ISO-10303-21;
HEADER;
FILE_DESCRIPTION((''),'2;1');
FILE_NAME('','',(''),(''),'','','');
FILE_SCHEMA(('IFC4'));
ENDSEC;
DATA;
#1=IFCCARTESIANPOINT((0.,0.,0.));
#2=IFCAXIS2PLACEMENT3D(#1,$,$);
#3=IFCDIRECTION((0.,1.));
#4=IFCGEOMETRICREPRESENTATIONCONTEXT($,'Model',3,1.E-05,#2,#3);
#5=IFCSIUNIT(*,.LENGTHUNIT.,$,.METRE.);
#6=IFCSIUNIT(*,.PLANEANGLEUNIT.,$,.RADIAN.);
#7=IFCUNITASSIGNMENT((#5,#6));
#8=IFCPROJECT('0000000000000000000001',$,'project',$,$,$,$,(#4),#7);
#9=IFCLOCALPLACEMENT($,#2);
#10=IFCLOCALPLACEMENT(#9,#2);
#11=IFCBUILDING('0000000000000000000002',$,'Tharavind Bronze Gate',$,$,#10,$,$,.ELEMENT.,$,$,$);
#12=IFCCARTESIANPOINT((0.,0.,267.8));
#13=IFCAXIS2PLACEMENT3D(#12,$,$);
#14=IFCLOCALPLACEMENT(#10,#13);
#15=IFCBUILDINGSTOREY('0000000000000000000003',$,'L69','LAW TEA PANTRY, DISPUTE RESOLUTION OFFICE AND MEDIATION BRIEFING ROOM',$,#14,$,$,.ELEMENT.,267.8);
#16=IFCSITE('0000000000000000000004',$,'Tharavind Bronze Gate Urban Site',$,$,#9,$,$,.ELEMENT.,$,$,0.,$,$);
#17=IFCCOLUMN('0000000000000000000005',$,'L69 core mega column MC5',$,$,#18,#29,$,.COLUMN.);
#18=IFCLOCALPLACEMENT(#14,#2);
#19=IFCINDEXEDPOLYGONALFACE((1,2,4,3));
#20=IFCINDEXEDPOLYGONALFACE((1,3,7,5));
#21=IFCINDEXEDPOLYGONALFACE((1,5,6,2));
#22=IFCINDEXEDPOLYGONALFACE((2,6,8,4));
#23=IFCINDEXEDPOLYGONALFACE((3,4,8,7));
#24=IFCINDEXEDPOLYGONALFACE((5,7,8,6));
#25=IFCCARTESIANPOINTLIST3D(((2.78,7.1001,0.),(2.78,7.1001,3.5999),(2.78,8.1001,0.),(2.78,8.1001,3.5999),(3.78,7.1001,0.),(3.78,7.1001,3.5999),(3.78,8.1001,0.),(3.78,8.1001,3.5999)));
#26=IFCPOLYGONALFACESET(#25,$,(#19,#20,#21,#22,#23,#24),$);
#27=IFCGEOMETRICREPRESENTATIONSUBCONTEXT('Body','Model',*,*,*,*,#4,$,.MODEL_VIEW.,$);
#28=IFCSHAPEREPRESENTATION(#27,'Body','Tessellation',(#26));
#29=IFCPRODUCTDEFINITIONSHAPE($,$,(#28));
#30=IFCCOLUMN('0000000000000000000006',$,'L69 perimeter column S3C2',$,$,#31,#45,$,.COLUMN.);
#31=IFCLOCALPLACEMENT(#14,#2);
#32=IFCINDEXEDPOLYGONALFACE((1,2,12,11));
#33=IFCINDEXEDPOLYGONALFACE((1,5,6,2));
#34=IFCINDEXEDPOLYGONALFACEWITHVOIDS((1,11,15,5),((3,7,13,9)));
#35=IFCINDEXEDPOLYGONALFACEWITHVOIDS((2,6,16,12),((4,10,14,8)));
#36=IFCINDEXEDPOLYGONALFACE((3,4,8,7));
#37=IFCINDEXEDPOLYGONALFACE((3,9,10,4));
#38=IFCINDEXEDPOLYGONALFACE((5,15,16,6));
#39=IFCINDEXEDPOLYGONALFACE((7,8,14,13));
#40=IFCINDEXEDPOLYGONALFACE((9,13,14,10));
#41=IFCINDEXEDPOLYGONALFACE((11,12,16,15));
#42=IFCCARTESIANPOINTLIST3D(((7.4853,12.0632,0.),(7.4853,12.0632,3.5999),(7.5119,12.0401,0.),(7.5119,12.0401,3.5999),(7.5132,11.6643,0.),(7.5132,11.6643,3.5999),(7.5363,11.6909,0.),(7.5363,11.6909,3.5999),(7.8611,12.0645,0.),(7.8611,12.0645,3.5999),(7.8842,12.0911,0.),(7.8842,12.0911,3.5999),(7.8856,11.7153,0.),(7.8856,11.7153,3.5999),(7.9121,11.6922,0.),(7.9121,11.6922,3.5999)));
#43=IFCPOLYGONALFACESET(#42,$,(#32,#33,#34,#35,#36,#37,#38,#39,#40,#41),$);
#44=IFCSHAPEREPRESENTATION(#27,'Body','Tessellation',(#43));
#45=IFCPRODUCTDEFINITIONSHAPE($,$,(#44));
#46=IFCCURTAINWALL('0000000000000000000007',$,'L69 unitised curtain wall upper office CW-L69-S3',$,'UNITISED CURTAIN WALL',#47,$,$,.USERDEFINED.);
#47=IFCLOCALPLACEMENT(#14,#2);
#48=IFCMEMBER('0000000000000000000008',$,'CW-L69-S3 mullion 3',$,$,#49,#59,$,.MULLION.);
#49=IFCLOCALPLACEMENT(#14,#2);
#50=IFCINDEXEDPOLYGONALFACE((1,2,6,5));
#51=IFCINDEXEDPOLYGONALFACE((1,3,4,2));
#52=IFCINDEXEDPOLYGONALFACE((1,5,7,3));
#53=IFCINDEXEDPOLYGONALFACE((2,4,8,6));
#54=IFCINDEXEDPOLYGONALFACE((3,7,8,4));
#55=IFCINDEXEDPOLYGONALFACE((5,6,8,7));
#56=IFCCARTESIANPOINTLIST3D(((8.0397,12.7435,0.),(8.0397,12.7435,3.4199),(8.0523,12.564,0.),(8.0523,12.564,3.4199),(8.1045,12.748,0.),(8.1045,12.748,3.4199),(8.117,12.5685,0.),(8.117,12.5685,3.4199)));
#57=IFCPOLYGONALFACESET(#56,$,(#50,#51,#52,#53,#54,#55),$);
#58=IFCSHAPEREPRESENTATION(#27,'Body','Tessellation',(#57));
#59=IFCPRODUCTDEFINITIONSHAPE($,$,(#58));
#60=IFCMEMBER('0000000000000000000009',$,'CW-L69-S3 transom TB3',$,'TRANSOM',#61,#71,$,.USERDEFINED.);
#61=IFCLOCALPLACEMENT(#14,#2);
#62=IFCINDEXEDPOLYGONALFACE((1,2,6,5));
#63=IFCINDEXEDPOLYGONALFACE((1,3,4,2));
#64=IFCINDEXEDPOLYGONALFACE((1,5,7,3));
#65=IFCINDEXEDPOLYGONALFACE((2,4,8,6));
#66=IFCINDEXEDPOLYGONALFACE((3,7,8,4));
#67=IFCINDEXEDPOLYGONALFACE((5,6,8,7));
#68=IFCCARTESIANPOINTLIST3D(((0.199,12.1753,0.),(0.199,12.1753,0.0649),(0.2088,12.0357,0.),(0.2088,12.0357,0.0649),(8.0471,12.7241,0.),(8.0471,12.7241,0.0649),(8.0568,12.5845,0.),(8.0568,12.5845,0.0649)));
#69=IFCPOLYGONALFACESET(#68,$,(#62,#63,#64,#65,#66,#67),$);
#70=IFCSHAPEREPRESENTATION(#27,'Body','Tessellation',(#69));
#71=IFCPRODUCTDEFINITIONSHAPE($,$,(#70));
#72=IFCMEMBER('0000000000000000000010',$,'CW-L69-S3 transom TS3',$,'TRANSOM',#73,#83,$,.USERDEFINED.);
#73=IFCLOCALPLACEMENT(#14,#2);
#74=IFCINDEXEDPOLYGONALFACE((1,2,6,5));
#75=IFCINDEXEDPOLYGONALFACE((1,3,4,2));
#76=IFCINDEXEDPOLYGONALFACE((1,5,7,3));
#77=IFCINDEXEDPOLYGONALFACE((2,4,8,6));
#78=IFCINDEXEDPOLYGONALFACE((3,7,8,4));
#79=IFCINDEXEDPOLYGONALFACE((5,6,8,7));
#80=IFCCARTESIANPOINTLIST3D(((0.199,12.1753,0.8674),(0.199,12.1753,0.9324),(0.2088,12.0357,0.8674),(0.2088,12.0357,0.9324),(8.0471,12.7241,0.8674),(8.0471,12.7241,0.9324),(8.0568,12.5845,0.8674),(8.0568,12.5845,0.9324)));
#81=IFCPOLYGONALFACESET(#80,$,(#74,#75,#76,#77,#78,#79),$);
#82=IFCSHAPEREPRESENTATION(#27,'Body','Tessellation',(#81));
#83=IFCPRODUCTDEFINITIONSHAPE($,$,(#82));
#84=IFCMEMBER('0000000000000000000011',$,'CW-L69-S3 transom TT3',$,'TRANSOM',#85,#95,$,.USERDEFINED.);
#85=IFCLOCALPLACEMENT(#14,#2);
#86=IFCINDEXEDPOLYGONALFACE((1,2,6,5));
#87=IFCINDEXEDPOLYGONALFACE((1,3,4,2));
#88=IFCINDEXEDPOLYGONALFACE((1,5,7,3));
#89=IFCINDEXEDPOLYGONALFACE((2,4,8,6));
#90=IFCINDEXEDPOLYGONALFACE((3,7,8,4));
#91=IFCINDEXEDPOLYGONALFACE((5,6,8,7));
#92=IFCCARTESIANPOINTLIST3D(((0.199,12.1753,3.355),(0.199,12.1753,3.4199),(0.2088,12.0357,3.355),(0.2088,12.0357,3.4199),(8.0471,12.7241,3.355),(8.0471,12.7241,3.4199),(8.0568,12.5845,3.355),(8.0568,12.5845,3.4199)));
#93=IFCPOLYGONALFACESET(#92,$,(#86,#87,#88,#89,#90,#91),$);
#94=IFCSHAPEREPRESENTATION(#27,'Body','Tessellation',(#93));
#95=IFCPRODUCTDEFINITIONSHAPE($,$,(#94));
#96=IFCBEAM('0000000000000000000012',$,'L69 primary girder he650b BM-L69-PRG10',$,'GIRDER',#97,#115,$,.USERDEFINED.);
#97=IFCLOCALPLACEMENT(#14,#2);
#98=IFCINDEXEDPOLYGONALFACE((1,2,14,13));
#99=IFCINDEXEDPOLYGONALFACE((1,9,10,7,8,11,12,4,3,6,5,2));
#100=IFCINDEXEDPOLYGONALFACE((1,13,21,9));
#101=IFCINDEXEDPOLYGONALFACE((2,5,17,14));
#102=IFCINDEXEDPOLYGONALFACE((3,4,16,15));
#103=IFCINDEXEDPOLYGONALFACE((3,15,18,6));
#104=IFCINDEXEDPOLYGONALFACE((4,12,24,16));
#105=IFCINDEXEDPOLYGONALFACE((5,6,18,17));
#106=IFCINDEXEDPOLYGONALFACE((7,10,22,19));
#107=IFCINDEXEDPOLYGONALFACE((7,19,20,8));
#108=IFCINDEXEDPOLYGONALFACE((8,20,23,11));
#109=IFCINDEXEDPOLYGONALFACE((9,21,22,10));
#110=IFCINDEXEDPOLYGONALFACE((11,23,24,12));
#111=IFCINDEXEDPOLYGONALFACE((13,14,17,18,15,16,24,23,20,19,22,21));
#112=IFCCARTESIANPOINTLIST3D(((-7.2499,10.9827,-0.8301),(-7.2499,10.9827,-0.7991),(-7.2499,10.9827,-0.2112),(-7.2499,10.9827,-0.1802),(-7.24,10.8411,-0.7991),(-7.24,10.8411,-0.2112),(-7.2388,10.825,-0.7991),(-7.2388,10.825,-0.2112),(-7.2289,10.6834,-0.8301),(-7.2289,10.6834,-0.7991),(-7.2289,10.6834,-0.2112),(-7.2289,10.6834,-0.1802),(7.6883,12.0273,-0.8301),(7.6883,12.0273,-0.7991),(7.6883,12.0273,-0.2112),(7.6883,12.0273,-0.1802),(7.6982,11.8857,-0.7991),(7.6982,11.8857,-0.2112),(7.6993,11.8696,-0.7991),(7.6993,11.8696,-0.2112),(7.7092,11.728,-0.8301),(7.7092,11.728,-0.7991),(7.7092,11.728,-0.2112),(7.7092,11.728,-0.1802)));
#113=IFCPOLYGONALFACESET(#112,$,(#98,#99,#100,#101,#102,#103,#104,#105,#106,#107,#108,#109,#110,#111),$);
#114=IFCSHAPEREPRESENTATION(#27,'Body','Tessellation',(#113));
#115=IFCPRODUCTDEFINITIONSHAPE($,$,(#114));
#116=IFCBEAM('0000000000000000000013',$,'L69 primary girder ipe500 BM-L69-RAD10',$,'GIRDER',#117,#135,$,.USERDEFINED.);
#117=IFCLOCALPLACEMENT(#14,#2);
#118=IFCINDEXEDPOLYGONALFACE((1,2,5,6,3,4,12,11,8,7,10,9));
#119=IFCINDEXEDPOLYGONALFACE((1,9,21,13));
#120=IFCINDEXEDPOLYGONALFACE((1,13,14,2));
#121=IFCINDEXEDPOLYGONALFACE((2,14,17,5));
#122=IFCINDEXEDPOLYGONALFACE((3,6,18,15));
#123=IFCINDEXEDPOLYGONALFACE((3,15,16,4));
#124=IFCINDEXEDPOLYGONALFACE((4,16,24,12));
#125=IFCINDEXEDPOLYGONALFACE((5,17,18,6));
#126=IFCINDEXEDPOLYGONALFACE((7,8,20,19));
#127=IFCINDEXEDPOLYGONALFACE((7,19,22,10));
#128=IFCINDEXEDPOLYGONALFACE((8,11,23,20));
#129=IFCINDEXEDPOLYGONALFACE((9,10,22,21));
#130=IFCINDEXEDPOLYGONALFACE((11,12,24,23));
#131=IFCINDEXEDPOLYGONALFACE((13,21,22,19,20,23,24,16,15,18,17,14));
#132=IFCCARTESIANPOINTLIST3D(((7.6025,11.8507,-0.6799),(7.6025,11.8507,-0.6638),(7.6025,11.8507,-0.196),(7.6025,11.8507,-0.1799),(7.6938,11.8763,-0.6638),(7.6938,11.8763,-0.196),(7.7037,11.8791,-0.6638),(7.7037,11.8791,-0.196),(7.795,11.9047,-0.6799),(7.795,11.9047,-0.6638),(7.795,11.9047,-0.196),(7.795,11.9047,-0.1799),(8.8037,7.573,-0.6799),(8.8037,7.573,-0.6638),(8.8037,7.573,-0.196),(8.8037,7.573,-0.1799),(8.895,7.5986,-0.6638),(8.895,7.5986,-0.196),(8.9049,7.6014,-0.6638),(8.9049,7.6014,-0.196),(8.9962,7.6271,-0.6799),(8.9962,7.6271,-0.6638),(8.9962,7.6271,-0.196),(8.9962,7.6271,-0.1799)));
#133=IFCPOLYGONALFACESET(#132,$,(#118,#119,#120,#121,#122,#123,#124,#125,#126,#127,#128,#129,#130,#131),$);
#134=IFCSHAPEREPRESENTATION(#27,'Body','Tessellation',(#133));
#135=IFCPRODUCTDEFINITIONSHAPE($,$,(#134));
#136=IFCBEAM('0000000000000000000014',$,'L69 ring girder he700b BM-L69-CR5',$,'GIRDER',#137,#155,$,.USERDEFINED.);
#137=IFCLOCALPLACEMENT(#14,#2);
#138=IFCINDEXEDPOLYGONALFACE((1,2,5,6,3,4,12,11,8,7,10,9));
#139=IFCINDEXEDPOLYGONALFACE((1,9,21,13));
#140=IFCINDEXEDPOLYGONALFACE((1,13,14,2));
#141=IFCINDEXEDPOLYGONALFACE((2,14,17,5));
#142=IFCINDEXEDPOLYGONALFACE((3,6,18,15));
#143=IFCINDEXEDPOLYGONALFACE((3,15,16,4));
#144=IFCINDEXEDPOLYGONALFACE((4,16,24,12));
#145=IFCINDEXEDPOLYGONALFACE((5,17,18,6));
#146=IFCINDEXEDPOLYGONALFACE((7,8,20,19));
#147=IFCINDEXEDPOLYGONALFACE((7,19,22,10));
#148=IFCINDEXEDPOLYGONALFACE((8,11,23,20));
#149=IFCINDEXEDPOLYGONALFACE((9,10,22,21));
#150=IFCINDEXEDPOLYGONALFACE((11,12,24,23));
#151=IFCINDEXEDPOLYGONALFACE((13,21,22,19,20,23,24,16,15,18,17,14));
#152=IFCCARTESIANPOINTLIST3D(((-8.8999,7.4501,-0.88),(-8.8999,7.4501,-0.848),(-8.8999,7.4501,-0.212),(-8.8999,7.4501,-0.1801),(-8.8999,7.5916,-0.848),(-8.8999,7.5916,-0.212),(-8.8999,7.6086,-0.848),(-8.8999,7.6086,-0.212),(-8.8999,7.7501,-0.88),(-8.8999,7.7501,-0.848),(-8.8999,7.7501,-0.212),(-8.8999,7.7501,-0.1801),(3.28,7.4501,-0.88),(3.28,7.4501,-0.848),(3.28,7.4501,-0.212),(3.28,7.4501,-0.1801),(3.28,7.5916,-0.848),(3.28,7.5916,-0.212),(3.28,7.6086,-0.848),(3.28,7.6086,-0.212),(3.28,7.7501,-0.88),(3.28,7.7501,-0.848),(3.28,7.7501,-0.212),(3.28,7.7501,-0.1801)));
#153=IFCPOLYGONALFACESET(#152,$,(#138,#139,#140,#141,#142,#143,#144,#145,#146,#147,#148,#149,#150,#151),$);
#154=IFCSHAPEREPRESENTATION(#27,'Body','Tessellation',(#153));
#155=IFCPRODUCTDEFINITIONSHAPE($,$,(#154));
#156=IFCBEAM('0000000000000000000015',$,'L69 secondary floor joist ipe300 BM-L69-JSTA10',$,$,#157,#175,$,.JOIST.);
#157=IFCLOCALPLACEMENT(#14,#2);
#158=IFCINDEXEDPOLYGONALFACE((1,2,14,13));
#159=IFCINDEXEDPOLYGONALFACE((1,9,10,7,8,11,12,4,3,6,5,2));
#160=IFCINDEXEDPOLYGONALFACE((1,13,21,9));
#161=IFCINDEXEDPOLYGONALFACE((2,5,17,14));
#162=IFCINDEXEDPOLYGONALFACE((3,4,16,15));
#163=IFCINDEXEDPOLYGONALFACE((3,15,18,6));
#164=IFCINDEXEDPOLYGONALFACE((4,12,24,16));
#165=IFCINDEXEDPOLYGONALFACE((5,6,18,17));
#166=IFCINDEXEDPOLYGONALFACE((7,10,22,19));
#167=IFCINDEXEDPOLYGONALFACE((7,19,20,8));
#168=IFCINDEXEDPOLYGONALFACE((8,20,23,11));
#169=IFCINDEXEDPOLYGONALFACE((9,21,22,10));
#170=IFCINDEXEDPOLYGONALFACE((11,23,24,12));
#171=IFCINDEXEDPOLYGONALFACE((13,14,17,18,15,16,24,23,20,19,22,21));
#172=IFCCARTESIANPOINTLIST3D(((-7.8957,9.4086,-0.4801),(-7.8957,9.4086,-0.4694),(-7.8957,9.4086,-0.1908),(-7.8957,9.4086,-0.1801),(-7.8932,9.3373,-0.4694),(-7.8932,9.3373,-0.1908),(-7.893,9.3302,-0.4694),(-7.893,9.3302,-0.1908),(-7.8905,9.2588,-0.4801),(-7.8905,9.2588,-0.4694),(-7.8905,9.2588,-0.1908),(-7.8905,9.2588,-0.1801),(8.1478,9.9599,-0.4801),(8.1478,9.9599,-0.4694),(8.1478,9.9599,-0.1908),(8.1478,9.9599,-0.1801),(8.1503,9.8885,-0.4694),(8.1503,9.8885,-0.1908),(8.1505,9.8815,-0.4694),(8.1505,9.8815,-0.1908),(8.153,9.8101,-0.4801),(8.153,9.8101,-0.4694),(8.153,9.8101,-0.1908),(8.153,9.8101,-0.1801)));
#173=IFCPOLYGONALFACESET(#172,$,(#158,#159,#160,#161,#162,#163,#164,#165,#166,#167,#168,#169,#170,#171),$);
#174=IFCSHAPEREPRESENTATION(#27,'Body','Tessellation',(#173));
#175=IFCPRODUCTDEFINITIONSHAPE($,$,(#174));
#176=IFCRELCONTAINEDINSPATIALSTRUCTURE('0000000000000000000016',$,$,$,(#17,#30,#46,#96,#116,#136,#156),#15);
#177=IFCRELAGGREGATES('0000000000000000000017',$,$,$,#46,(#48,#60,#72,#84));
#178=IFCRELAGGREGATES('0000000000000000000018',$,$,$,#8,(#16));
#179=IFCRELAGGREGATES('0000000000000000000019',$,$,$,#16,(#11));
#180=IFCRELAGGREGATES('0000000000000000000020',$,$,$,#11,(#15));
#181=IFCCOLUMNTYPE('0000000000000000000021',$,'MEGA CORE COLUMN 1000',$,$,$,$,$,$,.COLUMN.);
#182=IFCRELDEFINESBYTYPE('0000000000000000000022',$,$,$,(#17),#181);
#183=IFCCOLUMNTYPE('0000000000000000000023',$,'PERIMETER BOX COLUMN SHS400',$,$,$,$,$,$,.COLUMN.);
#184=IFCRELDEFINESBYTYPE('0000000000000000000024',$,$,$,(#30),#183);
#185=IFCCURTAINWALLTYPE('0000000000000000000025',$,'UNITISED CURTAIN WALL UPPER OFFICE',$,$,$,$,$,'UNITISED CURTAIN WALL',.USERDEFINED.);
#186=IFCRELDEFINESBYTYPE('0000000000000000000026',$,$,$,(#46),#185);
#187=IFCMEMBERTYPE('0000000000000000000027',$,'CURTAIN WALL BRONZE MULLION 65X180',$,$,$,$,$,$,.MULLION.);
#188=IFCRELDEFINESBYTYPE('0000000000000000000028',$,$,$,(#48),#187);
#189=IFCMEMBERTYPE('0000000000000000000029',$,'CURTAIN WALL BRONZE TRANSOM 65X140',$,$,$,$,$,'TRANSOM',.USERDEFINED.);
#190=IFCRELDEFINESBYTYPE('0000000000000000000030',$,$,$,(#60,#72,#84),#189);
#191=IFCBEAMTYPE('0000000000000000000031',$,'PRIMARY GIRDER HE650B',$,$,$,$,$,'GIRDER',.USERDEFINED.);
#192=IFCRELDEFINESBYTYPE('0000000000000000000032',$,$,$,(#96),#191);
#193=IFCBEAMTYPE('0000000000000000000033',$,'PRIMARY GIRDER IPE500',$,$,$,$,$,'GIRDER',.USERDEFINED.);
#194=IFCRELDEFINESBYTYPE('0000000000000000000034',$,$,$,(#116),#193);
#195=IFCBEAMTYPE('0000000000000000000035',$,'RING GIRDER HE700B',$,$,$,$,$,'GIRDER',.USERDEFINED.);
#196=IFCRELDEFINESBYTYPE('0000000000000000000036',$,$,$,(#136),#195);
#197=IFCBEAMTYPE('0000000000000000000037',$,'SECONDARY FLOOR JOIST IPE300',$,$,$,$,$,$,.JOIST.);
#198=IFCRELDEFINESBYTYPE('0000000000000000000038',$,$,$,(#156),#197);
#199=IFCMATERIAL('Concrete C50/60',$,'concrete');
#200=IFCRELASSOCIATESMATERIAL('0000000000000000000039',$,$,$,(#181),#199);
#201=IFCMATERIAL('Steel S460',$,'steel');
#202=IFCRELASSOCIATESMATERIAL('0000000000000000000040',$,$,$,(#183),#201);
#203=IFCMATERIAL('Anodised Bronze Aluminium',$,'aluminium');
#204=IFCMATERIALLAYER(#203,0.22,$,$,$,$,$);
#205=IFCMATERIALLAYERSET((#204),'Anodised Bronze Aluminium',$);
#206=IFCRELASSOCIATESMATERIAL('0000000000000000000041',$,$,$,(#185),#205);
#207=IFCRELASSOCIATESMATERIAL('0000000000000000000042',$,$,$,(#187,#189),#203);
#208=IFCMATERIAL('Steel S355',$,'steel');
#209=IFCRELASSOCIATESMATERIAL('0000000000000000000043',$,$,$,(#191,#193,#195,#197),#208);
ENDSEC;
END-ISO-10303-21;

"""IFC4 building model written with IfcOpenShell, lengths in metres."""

from ifc_helpers import new_model, si_unit, direction, frame, origin, origin_2d, place, context, subcontext, project, spatial, rectangle, hollow_rectangle, i_section, extrude, material, layer, layer_set, material_profile, profile_set, type_object, element, aggregate, save


model = new_model("IFC4")

# Units and contexts
model_context = context("Model", 3, precision=1e-05, world=origin(), true_north=direction((0.0, 1.0)))
body_context = subcontext(model_context, "Body", "Model", "MODEL_VIEW")
ifc_project = project(units=[si_unit("LENGTHUNIT", "METRE"), si_unit("PLANEANGLEUNIT", "RADIAN")], contexts=[model_context])

# Site, building, storey
site_placement = place(None, origin())
site = spatial("IfcSite", under=ifc_project, at=site_placement, Name="Tharavind Bronze Gate Urban Site", CompositionType="ELEMENT", RefElevation=0.0)
building_placement = place(site_placement, origin())
building = spatial("IfcBuilding", under=site, at=building_placement, Name="Tharavind Bronze Gate", CompositionType="ELEMENT")
storey_placement = place(building_placement, frame((0.0, 0.0, 267.8)))
storey = spatial("IfcBuildingStorey", under=building, at=storey_placement, Name="L69", Description="LAW TEA PANTRY, DISPUTE RESOLUTION OFFICE AND MEDIATION BRIEFING ROOM", CompositionType="ELEMENT", Elevation=267.8)

# Columns
ifc_material_1 = material(Name="Concrete C50/60", Category="concrete")
ifc_material_profile_1 = material_profile(ifc_material_1, rectangle(XDim=1.0, YDim=1.0, at=origin_2d()), Name="RCCOL1000")
ifc_profile_set_1 = profile_set([ifc_material_profile_1], Name="Concrete C50/60")
column_type_1 = type_object("IfcColumnType", Name="MEGA CORE COLUMN 1000", PredefinedType="COLUMN", material=ifc_profile_set_1)
column_1_placement = place(storey_placement, frame((3.28, 7.6001, 0.0), z_axis=(0.0, 0.0, 1.0), x_axis=(1.0, 0.0, 0.0)))
element("IfcColumn", 1, at=column_1_placement, inside=storey, type_object=column_type_1, Name="L69 core mega column MC5", PredefinedType="COLUMN", context=body_context, shape_type="SweptSolid", body=[
    extrude(rectangle(XDim=1.0, YDim=1.0, at=origin_2d()), origin(), (0.0, 0.0, 1.0), 3.5999),
])
ifc_material_2 = material(Name="Steel S460", Category="steel")
ifc_material_profile_2 = material_profile(ifc_material_2, hollow_rectangle(XDim=0.3999, YDim=0.3999, WallThickness=0.0249, at=origin_2d()), Name="SHS400X25")
ifc_profile_set_2 = profile_set([ifc_material_profile_2], Name="Steel S460")
column_type_2 = type_object("IfcColumnType", Name="PERIMETER BOX COLUMN SHS400", PredefinedType="COLUMN", material=ifc_profile_set_2)
column_2_placement = place(storey_placement, frame((7.6987, 11.8777, 0.0), z_axis=(0.0, 0.0, 1.0), x_axis=(0.997564, 0.069758, 0.0)))
element("IfcColumn", 2, at=column_2_placement, inside=storey, type_object=column_type_2, Name="L69 perimeter column S3C2", PredefinedType="COLUMN", context=body_context, shape_type="SweptSolid", body=[
    extrude(hollow_rectangle(XDim=0.3999, YDim=0.3999, WallThickness=0.0249, at=origin_2d()), origin(), (0.0, 0.0, 1.0), 3.5999),
])

# Curtain wall, members
ifc_material_3 = material(Name="Anodised Bronze Aluminium", Category="aluminium")
ifc_layer_1 = layer(ifc_material_3, 0.22)
ifc_layer_set_1 = layer_set([ifc_layer_1], Name="Anodised Bronze Aluminium")
curtain_wall_type = type_object("IfcCurtainWallType", Name="UNITISED CURTAIN WALL UPPER OFFICE", ElementType="UNITISED CURTAIN WALL", PredefinedType="USERDEFINED", material=ifc_layer_set_1)
curtain_wall_placement = place(storey_placement, origin())
curtain_wall = element("IfcCurtainWall", 3, at=curtain_wall_placement, inside=storey, type_object=curtain_wall_type, Name="L69 unitised curtain wall upper office CW-L69-S3", ObjectType="UNITISED CURTAIN WALL", PredefinedType="USERDEFINED")
member_type_1 = type_object("IfcMemberType", Name="CURTAIN WALL BRONZE MULLION 65X180", PredefinedType="MULLION", material=ifc_material_3)
member_1_placement = place(storey_placement, frame((8.0784, 12.656, 0.0), z_axis=(0.0, 0.0, 1.0), x_axis=(-0.997564, -0.06976, 0.0)))
member_1 = element("IfcMember", 4, at=member_1_placement, type_object=member_type_1, Name="CW-L69-S3 mullion 3", PredefinedType="MULLION", context=body_context, shape_type="SweptSolid", body=[
    extrude(rectangle(XDim=0.0649, YDim=0.1799, at=origin_2d()), origin(), (0.0, 0.0, 1.0), 3.4199),
])
member_type_2 = type_object("IfcMemberType", Name="CURTAIN WALL BRONZE TRANSOM 65X140", ElementType="TRANSOM", PredefinedType="USERDEFINED", material=ifc_material_3)
member_2_placement = place(storey_placement, frame((4.1279, 12.3799, 0.0), z_axis=(0.0, 0.0, 1.0), x_axis=(-0.997564, -0.06976, 0.0)))
member_2 = element("IfcMember", 5, at=member_2_placement, type_object=member_type_2, Name="CW-L69-S3 transom TB3", ObjectType="TRANSOM", PredefinedType="USERDEFINED", context=body_context, shape_type="SweptSolid", body=[
    extrude(rectangle(XDim=7.8672, YDim=0.1399, at=origin_2d()), origin(), (0.0, 0.0, 1.0), 0.0649),
])
member_3_placement = place(storey_placement, frame((4.1279, 12.3799, 0.8674), z_axis=(0.0, 0.0, 1.0), x_axis=(-0.997564, -0.06976, 0.0)))
member_3 = element("IfcMember", 6, at=member_3_placement, type_object=member_type_2, Name="CW-L69-S3 transom TS3", ObjectType="TRANSOM", PredefinedType="USERDEFINED", context=body_context, shape_type="SweptSolid", body=[
    extrude(rectangle(XDim=7.8672, YDim=0.1399, at=origin_2d()), origin(), (0.0, 0.0, 1.0), 0.0649),
])
member_4_placement = place(storey_placement, frame((4.1279, 12.3799, 3.355), z_axis=(0.0, 0.0, 1.0), x_axis=(-0.997564, -0.06976, 0.0)))
member_4 = element("IfcMember", 7, at=member_4_placement, type_object=member_type_2, Name="CW-L69-S3 transom TT3", ObjectType="TRANSOM", PredefinedType="USERDEFINED", context=body_context, shape_type="SweptSolid", body=[
    extrude(rectangle(XDim=7.8672, YDim=0.1399, at=origin_2d()), origin(), (0.0, 0.0, 1.0), 0.0649),
])

# Beams
ifc_material_4 = material(Name="Steel S355", Category="steel")
ifc_material_profile_3 = material_profile(ifc_material_4, i_section(OverallWidth=0.3, OverallDepth=0.6499, WebThickness=0.0161, FlangeThickness=0.031, at=origin_2d()), Name="HE650B")
ifc_profile_set_3 = profile_set([ifc_material_profile_3], Name="Steel S355")
beam_type_1 = type_object("IfcBeamType", Name="PRIMARY GIRDER HE650B", ElementType="GIRDER", PredefinedType="USERDEFINED", material=ifc_profile_set_3)
beam_1_placement = place(storey_placement, frame((7.6987, 11.8777, -0.5051), z_axis=(-0.997564, -0.069763, 0.0), x_axis=(0.069763, -0.997564, 0.0)))
element("IfcBeam", 8, at=beam_1_placement, inside=storey, type_object=beam_type_1, Name="L69 primary girder he650b BM-L69-PRG10", ObjectType="GIRDER", PredefinedType="USERDEFINED", context=body_context, shape_type="SweptSolid", body=[
    extrude(i_section(OverallWidth=0.3, OverallDepth=0.6499, WebThickness=0.0161, FlangeThickness=0.031, at=origin_2d()), origin(), (0.0, 0.0, 1.0), 14.9746),
])
ifc_material_profile_4 = material_profile(ifc_material_4, i_section(OverallWidth=0.2, OverallDepth=0.5, WebThickness=0.0103, FlangeThickness=0.0161, at=origin_2d()), Name="IPE500")
ifc_profile_set_4 = profile_set([ifc_material_profile_4], Name="Steel S355")
beam_type_2 = type_object("IfcBeamType", Name="PRIMARY GIRDER IPE500", ElementType="GIRDER", PredefinedType="USERDEFINED", material=ifc_profile_set_4)
beam_2_placement = place(storey_placement, frame((7.6987, 11.8777, -0.4299), z_axis=(0.270349, -0.962762, 0.0), x_axis=(0.962762, 0.270349, 0.0)))
element("IfcBeam", 9, at=beam_2_placement, inside=storey, type_object=beam_type_2, Name="L69 primary girder ipe500 BM-L69-RAD10", ObjectType="GIRDER", PredefinedType="USERDEFINED", context=body_context, shape_type="SweptSolid", body=[
    extrude(i_section(OverallWidth=0.2, OverallDepth=0.5, WebThickness=0.0103, FlangeThickness=0.0161, at=origin_2d()), origin(), (0.0, 0.0, 1.0), 4.4431),
])
ifc_material_profile_5 = material_profile(ifc_material_4, i_section(OverallWidth=0.3, OverallDepth=0.7, WebThickness=0.0171, FlangeThickness=0.032, at=origin_2d()), Name="HE700B")
ifc_profile_set_5 = profile_set([ifc_material_profile_5], Name="Steel S355")
beam_type_3 = type_object("IfcBeamType", Name="RING GIRDER HE700B", ElementType="GIRDER", PredefinedType="USERDEFINED", material=ifc_profile_set_5)
beam_3_placement = place(storey_placement, frame((3.28, 7.6001, -0.53), z_axis=(-1.0, 0.0, 0.0), x_axis=(0.0, -1.0, 0.0)))
element("IfcBeam", 10, at=beam_3_placement, inside=storey, type_object=beam_type_3, Name="L69 ring girder he700b BM-L69-CR5", ObjectType="GIRDER", PredefinedType="USERDEFINED", context=body_context, shape_type="SweptSolid", body=[
    extrude(i_section(OverallWidth=0.3, OverallDepth=0.7, WebThickness=0.0171, FlangeThickness=0.032, at=origin_2d()), origin(), (0.0, 0.0, 1.0), 12.1799),
])
ifc_material_profile_6 = material_profile(ifc_material_4, i_section(OverallWidth=0.1499, OverallDepth=0.3, WebThickness=0.0071, FlangeThickness=0.0107, at=origin_2d()), Name="IPE300")
ifc_profile_set_6 = profile_set([ifc_material_profile_6], Name="Steel S355")
beam_type_4 = type_object("IfcBeamType", Name="SECONDARY FLOOR JOIST IPE300", PredefinedType="JOIST", material=ifc_profile_set_6)
beam_4_placement = place(storey_placement, frame((8.1504, 9.885, -0.3301), z_axis=(-0.99941, -0.034341, 0.0), x_axis=(0.034341, -0.99941, 0.0)))
element("IfcBeam", 11, at=beam_4_placement, inside=storey, type_object=beam_type_4, Name="L69 secondary floor joist ipe300 BM-L69-JSTA10", PredefinedType="JOIST", context=body_context, shape_type="SweptSolid", body=[
    extrude(i_section(OverallWidth=0.1499, OverallDepth=0.3, WebThickness=0.0071, FlangeThickness=0.0107, at=origin_2d()), origin(), (0.0, 0.0, 1.0), 16.053),
])

aggregate(curtain_wall, [member_1, member_2, member_3, member_4])

save(model, "model.ifc")
